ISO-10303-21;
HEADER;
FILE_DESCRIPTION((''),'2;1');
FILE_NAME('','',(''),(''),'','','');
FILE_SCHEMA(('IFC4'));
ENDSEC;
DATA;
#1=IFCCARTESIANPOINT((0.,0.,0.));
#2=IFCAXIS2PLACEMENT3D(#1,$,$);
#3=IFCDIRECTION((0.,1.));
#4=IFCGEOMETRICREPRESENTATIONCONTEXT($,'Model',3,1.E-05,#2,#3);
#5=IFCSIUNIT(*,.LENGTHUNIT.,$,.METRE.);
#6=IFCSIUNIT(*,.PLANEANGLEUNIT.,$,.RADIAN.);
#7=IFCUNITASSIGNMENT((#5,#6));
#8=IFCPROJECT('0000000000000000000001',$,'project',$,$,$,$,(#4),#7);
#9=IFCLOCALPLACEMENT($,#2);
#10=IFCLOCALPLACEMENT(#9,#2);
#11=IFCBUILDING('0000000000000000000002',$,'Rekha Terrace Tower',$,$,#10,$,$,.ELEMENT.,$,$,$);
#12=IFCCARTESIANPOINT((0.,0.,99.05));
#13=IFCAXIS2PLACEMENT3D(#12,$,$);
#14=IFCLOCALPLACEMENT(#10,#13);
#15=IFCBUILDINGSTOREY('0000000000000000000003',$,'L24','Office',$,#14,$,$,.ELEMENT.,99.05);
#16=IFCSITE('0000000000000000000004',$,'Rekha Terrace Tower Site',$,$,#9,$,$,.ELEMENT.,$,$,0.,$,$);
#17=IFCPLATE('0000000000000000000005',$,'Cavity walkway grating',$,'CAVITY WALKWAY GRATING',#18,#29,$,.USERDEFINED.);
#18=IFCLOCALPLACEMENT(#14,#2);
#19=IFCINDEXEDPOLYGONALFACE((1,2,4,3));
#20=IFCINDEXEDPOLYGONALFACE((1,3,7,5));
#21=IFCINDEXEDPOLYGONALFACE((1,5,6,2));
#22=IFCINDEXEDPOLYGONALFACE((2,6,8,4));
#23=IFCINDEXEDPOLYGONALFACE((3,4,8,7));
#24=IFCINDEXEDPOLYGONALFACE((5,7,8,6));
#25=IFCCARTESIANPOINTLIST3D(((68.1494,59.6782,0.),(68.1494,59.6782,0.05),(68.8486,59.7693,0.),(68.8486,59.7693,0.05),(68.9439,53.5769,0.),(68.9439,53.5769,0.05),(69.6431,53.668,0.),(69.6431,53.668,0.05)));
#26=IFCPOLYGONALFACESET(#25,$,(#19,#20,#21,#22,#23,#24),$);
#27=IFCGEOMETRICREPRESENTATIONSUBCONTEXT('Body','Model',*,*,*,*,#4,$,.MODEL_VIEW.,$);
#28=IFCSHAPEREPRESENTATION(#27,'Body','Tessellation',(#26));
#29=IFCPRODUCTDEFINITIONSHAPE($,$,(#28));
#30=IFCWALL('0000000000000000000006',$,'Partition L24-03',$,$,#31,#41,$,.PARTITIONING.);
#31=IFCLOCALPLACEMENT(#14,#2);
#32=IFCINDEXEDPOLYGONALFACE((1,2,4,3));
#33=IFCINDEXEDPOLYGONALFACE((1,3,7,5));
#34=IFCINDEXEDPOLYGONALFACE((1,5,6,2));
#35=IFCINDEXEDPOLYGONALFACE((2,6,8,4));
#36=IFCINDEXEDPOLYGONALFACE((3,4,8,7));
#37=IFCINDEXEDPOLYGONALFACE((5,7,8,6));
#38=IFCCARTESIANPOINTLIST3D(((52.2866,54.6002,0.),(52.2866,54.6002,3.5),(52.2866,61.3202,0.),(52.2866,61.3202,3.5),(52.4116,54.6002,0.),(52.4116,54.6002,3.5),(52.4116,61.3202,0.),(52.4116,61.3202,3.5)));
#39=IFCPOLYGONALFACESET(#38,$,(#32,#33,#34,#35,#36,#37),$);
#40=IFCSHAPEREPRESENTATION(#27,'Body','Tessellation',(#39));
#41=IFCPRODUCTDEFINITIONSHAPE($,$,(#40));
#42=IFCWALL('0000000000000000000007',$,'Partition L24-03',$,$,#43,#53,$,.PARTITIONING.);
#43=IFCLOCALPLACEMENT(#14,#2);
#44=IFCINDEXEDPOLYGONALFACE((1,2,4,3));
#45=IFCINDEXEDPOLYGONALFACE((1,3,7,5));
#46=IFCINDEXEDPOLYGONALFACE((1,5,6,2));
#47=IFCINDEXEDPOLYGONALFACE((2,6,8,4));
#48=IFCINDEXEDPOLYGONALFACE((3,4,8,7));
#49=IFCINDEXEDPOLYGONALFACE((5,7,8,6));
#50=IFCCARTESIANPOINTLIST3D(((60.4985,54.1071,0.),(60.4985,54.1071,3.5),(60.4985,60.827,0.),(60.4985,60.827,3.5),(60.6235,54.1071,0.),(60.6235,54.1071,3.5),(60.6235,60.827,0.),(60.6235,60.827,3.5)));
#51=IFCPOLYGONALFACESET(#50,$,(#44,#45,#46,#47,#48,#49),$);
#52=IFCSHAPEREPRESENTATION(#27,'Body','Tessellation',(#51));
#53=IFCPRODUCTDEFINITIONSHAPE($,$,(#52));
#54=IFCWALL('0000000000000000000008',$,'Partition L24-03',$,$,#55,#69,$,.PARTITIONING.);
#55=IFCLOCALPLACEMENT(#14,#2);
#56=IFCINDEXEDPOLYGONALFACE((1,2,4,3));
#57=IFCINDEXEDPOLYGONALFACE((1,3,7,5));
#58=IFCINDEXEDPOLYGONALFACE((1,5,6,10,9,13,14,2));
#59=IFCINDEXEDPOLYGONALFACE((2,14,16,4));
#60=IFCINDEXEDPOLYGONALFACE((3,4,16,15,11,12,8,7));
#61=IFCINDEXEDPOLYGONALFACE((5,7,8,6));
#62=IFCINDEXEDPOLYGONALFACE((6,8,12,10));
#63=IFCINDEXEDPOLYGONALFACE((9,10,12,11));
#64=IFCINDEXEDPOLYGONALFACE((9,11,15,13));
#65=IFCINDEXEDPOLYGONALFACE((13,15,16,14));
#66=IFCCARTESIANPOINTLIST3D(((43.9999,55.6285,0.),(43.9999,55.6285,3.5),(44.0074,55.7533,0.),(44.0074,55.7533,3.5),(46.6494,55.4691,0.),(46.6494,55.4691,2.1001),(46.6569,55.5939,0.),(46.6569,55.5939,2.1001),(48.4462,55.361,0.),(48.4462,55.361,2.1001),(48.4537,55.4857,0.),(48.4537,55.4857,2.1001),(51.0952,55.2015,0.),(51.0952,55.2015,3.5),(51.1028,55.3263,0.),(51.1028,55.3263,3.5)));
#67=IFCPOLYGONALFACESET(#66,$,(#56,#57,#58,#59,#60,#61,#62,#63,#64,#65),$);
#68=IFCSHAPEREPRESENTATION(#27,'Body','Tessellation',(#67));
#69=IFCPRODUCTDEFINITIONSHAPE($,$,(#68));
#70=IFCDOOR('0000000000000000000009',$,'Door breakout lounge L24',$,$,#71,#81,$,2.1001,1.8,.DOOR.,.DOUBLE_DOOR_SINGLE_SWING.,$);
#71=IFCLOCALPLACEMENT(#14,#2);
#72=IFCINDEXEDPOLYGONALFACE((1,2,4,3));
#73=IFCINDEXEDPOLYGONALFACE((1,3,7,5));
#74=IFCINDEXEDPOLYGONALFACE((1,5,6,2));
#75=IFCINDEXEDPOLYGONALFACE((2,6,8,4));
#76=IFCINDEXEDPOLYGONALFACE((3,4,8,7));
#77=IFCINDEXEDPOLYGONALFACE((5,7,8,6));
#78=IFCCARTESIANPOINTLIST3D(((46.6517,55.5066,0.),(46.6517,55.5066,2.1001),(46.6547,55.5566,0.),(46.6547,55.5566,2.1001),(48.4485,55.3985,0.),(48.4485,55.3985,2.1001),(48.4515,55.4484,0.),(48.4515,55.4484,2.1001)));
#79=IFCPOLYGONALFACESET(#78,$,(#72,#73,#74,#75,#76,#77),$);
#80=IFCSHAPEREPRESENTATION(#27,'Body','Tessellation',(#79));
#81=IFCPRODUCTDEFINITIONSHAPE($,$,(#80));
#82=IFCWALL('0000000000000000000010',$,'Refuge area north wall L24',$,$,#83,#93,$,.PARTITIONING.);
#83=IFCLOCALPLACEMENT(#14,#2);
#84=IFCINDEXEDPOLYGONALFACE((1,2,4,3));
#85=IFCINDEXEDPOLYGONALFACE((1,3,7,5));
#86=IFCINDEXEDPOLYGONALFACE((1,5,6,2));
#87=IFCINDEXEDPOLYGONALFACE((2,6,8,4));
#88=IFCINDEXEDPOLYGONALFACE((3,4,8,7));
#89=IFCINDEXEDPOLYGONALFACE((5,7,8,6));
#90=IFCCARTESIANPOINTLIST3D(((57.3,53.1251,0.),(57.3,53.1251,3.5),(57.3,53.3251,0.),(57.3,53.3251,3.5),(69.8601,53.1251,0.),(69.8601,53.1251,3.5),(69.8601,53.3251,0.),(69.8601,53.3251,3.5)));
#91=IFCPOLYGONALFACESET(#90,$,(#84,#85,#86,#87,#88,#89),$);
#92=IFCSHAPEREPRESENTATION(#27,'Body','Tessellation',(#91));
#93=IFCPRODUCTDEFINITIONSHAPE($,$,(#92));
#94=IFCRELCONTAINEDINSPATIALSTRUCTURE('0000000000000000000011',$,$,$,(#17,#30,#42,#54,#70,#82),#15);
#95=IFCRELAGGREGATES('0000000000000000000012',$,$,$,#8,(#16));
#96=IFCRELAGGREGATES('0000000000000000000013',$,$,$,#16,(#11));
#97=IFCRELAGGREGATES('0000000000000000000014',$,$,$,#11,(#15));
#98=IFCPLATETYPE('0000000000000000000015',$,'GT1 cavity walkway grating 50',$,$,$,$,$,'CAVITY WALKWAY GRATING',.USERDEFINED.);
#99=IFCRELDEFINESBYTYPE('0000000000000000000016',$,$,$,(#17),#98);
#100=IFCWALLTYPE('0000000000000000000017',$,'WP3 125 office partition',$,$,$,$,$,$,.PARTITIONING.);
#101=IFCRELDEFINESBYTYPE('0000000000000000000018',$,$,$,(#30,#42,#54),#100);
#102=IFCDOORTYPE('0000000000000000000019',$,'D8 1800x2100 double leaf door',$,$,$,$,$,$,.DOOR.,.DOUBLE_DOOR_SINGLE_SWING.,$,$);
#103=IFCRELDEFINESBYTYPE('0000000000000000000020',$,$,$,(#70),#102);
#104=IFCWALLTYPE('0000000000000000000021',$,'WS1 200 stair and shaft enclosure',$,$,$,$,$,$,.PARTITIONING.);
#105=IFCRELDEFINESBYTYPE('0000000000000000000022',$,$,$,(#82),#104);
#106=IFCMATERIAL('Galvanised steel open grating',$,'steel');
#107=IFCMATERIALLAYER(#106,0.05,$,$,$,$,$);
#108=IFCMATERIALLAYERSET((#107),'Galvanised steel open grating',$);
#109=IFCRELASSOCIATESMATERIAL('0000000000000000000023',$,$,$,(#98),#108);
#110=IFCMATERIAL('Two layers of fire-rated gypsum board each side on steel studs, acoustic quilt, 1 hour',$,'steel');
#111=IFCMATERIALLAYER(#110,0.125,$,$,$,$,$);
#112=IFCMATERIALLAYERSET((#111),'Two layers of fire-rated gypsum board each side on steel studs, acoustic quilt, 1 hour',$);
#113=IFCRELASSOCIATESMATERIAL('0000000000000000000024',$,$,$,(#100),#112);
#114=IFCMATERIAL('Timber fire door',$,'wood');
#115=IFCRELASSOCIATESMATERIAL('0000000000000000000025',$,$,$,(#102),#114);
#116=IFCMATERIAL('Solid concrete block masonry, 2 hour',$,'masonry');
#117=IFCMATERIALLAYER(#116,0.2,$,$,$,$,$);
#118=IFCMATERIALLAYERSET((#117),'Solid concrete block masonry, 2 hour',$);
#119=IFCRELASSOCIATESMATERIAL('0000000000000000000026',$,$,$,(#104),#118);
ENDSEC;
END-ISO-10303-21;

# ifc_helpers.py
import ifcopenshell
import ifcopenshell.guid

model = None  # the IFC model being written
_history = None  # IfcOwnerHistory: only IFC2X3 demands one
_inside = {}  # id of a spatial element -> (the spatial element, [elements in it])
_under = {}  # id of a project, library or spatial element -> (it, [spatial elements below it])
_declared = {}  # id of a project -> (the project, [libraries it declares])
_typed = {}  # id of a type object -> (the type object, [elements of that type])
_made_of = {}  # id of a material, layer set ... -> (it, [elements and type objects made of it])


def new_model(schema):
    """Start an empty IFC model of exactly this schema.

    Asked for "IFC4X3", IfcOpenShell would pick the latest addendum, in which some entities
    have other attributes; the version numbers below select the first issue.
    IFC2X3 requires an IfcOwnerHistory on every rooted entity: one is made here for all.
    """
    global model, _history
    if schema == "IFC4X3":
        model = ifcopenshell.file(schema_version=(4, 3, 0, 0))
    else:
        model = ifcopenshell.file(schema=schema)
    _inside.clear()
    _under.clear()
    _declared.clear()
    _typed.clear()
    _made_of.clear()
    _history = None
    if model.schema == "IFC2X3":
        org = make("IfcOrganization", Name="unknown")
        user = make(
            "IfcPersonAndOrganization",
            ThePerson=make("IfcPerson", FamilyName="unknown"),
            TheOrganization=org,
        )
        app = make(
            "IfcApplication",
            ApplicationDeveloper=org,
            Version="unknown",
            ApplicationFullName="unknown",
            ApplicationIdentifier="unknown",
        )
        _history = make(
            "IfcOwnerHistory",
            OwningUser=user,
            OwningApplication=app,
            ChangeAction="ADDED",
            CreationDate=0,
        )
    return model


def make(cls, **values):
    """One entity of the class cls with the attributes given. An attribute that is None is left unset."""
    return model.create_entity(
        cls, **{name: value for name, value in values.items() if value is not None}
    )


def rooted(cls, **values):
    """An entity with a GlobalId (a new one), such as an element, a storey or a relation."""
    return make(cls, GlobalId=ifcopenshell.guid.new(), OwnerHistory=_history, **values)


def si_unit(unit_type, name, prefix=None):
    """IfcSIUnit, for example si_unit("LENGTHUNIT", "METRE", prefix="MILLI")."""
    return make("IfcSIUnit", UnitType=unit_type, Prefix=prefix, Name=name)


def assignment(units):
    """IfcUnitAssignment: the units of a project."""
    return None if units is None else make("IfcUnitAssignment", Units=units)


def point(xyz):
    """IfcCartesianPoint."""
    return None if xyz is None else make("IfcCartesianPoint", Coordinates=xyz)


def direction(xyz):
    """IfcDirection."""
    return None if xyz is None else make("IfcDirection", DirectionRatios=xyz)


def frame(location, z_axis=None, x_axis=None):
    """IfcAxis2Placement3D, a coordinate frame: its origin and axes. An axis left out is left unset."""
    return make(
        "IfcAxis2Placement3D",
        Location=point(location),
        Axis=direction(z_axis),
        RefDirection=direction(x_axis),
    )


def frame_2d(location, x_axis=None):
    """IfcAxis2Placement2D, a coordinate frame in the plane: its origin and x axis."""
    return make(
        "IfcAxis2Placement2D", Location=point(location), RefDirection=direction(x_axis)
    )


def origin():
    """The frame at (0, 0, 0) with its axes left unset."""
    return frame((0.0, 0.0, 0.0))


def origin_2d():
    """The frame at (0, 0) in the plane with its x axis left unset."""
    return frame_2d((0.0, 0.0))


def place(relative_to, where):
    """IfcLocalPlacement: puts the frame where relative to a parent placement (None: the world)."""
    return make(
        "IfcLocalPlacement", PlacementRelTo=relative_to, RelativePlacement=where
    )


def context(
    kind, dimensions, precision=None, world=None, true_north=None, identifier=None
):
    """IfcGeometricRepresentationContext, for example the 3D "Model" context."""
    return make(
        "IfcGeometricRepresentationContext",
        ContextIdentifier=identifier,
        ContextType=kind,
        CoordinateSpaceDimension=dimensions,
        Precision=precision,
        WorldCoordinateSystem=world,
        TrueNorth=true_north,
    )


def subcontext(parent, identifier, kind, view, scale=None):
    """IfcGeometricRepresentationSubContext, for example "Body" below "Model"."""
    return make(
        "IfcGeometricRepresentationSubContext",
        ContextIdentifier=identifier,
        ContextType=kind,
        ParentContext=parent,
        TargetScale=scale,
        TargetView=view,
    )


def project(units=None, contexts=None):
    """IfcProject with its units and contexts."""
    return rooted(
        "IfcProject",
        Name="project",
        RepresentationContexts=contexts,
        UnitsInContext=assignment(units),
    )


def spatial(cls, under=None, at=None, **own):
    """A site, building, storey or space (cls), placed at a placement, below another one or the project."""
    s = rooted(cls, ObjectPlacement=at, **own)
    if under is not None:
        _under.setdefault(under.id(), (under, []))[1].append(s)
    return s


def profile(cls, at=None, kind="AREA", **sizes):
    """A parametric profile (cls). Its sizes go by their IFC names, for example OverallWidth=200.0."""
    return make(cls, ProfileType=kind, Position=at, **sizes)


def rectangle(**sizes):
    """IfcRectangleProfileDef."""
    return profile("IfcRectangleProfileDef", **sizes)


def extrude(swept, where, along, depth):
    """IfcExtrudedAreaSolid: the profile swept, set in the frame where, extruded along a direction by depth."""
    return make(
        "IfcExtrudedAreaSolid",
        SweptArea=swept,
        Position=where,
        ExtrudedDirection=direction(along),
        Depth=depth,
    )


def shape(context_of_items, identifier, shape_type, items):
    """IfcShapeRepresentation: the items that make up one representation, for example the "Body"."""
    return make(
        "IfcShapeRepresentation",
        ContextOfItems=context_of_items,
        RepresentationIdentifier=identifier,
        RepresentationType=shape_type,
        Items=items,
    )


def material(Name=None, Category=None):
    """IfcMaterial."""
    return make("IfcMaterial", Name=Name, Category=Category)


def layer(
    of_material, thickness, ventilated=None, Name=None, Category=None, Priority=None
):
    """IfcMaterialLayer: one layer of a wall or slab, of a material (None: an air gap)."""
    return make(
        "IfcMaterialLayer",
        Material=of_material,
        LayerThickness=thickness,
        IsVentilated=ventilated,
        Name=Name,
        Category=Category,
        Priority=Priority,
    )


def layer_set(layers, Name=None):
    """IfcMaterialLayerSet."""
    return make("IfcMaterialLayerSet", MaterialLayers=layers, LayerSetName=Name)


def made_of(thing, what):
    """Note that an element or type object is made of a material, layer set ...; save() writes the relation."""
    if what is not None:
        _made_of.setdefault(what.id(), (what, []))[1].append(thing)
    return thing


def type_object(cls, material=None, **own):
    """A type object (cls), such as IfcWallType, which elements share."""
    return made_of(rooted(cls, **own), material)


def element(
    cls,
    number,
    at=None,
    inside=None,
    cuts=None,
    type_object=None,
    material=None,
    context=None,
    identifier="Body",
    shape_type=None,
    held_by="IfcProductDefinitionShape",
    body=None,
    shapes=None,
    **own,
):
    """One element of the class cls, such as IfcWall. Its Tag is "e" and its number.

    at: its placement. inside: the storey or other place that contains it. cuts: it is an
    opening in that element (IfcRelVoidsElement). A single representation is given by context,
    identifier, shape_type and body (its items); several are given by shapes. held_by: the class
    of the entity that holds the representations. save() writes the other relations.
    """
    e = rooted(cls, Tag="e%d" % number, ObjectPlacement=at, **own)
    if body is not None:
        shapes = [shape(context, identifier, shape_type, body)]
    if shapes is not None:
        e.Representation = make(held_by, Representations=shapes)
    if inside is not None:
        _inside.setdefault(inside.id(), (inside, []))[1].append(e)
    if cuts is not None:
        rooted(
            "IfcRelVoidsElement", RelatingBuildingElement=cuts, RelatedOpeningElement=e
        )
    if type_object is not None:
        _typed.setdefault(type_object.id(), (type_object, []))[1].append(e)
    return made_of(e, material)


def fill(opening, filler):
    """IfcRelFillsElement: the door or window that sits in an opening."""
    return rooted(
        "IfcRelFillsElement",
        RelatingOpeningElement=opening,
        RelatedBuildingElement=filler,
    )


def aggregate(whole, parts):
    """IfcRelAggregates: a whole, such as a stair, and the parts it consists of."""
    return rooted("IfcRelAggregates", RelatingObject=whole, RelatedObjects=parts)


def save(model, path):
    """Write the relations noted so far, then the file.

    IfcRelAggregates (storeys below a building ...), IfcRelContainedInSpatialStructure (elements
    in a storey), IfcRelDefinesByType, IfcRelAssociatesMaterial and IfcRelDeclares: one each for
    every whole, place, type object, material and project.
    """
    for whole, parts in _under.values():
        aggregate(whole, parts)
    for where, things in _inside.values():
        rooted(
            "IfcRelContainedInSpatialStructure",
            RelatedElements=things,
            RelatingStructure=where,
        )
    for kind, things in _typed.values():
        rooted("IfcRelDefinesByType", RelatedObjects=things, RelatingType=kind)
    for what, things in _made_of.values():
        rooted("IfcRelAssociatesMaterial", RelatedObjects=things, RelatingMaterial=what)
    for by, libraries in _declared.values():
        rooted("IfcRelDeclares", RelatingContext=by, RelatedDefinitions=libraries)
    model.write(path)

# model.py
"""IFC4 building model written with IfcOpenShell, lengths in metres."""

from ifc_helpers import new_model, si_unit, direction, frame, frame_2d, origin, origin_2d, place, context, subcontext, project, spatial, rectangle, extrude, material, layer, layer_set, type_object, element, fill, save


model = new_model("IFC4")

# Units and contexts
model_context = context("Model", 3, precision=1e-05, world=origin(), true_north=direction((0.0, 1.0)))
body_context = subcontext(model_context, "Body", "Model", "MODEL_VIEW")
ifc_project = project(units=[si_unit("LENGTHUNIT", "METRE"), si_unit("PLANEANGLEUNIT", "RADIAN")], contexts=[model_context])

# Site, building, storey
site_placement = place(None, origin())
site = spatial("IfcSite", under=ifc_project, at=site_placement, Name="Rekha Terrace Tower Site", CompositionType="ELEMENT", RefElevation=0.0)
building_placement = place(site_placement, origin())
building = spatial("IfcBuilding", under=site, at=building_placement, Name="Rekha Terrace Tower", CompositionType="ELEMENT")
storey_placement = place(building_placement, frame((0.0, 0.0, 99.05)))
storey = spatial("IfcBuildingStorey", under=building, at=storey_placement, Name="L24", Description="Office", CompositionType="ELEMENT", Elevation=99.05)

# Plate
ifc_material_1 = material(Name="Galvanised steel open grating", Category="steel")
ifc_layer_1 = layer(ifc_material_1, 0.05)
ifc_layer_set_1 = layer_set([ifc_layer_1], Name="Galvanised steel open grating")
plate_type_1 = type_object("IfcPlateType", Name="GT1 cavity walkway grating 50", ElementType="CAVITY WALKWAY GRATING", PredefinedType="USERDEFINED", material=ifc_layer_set_1)
plate_1_placement = place(storey_placement, frame((68.8962, 56.6731, 0.0), z_axis=(0.0, 0.0, 1.0), x_axis=(-0.129118, 0.991629, 0.0)))
element("IfcPlate", 1, at=plate_1_placement, inside=storey, type_object=plate_type_1, Name="Cavity walkway grating", ObjectType="CAVITY WALKWAY GRATING", PredefinedType="USERDEFINED", context=body_context, shape_type="SweptSolid", body=[
    extrude(rectangle(XDim=6.1528, YDim=0.7051, at=origin_2d()), origin(), (0.0, 0.0, 1.0), 0.05),
])

# Walls
ifc_material_2 = material(Name="Two layers of fire-rated gypsum board each side on steel studs, acoustic quilt, 1 hour", Category="steel")
ifc_layer_2 = layer(ifc_material_2, 0.125)
ifc_layer_set_2 = layer_set([ifc_layer_2], Name="Two layers of fire-rated gypsum board each side on steel studs, acoustic quilt, 1 hour")
wall_type_1 = type_object("IfcWallType", Name="WP3 125 office partition", PredefinedType="PARTITIONING", material=ifc_layer_set_2)
for number, where, z_axis, x_axis, name in (
    (2, (52.3491, 61.3201, 0.0), (0.0, 0.0, 1.0), (0.0, -1.0, 0.0), "Partition L24-03"),
    (3, (60.561, 60.8269, 0.0), (0.0, 0.0, 1.0), (0.0, -1.0, 0.0), "Partition L24-03"),
):
    element("IfcWall", number, at=place(storey_placement, frame(where, z_axis=z_axis, x_axis=x_axis)), inside=storey, type_object=wall_type_1, Name=name, PredefinedType="PARTITIONING", context=body_context, shape_type="SweptSolid", body=[
        extrude(rectangle(XDim=6.72, YDim=0.125, at=frame_2d((3.3599, 0.0))), origin(), (0.0, 0.0, 1.0), 3.5),
    ])

# Wall, opening, door
wall_1_placement = place(storey_placement, frame((51.0991, 55.2639, 0.0), z_axis=(0.0, 0.0, 1.0), x_axis=(-0.998194, 0.060073, 0.0)))
wall_1 = element("IfcWall", 4, at=wall_1_placement, inside=storey, type_object=wall_type_1, Name="Partition L24-03", PredefinedType="PARTITIONING", context=body_context, shape_type="SweptSolid", body=[
    extrude(rectangle(XDim=7.1082, YDim=0.125, at=frame_2d((3.5542, 0.0))), origin(), (0.0, 0.0, 1.0), 3.5),
])
opening_placement = place(wall_1_placement, frame((2.6541, 0.0, 0.0)))
opening = element("IfcOpeningElement", 5, at=opening_placement, cuts=wall_1, PredefinedType="OPENING", context=body_context, shape_type="SweptSolid", body=[
    extrude(rectangle(XDim=1.8, YDim=2.1001, at=frame_2d((0.8999, 1.05))), frame((0.0, 0.0725, 0.0), z_axis=(0.0, -1.0, 0.0), x_axis=(1.0, 0.0, 0.0)), (0.0, 0.0, 1.0), 0.145),
])
ifc_material_3 = material(Name="Timber fire door", Category="wood")
door_type = type_object("IfcDoorType", Name="D8 1800x2100 double leaf door", OperationType="DOUBLE_DOOR_SINGLE_SWING", PredefinedType="DOOR", material=ifc_material_3)
door_placement = place(opening_placement, origin())
door = element("IfcDoor", 6, at=door_placement, inside=storey, type_object=door_type, Name="Door breakout lounge L24", OperationType="DOUBLE_DOOR_SINGLE_SWING", OverallHeight=2.1001, OverallWidth=1.8, PredefinedType="DOOR", context=body_context, shape_type="SweptSolid", body=[
    extrude(rectangle(XDim=1.8, YDim=2.1001, at=frame_2d((0.8999, 1.05))), frame((0.0, 0.0249, 0.0), z_axis=(0.0, -1.0, 0.0), x_axis=(1.0, 0.0, 0.0)), (0.0, 0.0, 1.0), 0.05),
])
fill(opening, door)

# Wall
ifc_material_4 = material(Name="Solid concrete block masonry, 2 hour", Category="masonry")
ifc_layer_3 = layer(ifc_material_4, 0.2)
ifc_layer_set_3 = layer_set([ifc_layer_3], Name="Solid concrete block masonry, 2 hour")
wall_type_2 = type_object("IfcWallType", Name="WS1 200 stair and shaft enclosure", PredefinedType="PARTITIONING", material=ifc_layer_set_3)
wall_2_placement = place(storey_placement, frame((57.3, 53.2251, 0.0), z_axis=(0.0, 0.0, 1.0), x_axis=(1.0, 0.0, 0.0)))
element("IfcWall", 7, at=wall_2_placement, inside=storey, type_object=wall_type_2, Name="Refuge area north wall L24", PredefinedType="PARTITIONING", context=body_context, shape_type="SweptSolid", body=[
    extrude(rectangle(XDim=12.5601, YDim=0.2, at=frame_2d((6.28, 0.0))), origin(), (0.0, 0.0, 1.0), 3.5),
])

save(model, "model.ifc")
